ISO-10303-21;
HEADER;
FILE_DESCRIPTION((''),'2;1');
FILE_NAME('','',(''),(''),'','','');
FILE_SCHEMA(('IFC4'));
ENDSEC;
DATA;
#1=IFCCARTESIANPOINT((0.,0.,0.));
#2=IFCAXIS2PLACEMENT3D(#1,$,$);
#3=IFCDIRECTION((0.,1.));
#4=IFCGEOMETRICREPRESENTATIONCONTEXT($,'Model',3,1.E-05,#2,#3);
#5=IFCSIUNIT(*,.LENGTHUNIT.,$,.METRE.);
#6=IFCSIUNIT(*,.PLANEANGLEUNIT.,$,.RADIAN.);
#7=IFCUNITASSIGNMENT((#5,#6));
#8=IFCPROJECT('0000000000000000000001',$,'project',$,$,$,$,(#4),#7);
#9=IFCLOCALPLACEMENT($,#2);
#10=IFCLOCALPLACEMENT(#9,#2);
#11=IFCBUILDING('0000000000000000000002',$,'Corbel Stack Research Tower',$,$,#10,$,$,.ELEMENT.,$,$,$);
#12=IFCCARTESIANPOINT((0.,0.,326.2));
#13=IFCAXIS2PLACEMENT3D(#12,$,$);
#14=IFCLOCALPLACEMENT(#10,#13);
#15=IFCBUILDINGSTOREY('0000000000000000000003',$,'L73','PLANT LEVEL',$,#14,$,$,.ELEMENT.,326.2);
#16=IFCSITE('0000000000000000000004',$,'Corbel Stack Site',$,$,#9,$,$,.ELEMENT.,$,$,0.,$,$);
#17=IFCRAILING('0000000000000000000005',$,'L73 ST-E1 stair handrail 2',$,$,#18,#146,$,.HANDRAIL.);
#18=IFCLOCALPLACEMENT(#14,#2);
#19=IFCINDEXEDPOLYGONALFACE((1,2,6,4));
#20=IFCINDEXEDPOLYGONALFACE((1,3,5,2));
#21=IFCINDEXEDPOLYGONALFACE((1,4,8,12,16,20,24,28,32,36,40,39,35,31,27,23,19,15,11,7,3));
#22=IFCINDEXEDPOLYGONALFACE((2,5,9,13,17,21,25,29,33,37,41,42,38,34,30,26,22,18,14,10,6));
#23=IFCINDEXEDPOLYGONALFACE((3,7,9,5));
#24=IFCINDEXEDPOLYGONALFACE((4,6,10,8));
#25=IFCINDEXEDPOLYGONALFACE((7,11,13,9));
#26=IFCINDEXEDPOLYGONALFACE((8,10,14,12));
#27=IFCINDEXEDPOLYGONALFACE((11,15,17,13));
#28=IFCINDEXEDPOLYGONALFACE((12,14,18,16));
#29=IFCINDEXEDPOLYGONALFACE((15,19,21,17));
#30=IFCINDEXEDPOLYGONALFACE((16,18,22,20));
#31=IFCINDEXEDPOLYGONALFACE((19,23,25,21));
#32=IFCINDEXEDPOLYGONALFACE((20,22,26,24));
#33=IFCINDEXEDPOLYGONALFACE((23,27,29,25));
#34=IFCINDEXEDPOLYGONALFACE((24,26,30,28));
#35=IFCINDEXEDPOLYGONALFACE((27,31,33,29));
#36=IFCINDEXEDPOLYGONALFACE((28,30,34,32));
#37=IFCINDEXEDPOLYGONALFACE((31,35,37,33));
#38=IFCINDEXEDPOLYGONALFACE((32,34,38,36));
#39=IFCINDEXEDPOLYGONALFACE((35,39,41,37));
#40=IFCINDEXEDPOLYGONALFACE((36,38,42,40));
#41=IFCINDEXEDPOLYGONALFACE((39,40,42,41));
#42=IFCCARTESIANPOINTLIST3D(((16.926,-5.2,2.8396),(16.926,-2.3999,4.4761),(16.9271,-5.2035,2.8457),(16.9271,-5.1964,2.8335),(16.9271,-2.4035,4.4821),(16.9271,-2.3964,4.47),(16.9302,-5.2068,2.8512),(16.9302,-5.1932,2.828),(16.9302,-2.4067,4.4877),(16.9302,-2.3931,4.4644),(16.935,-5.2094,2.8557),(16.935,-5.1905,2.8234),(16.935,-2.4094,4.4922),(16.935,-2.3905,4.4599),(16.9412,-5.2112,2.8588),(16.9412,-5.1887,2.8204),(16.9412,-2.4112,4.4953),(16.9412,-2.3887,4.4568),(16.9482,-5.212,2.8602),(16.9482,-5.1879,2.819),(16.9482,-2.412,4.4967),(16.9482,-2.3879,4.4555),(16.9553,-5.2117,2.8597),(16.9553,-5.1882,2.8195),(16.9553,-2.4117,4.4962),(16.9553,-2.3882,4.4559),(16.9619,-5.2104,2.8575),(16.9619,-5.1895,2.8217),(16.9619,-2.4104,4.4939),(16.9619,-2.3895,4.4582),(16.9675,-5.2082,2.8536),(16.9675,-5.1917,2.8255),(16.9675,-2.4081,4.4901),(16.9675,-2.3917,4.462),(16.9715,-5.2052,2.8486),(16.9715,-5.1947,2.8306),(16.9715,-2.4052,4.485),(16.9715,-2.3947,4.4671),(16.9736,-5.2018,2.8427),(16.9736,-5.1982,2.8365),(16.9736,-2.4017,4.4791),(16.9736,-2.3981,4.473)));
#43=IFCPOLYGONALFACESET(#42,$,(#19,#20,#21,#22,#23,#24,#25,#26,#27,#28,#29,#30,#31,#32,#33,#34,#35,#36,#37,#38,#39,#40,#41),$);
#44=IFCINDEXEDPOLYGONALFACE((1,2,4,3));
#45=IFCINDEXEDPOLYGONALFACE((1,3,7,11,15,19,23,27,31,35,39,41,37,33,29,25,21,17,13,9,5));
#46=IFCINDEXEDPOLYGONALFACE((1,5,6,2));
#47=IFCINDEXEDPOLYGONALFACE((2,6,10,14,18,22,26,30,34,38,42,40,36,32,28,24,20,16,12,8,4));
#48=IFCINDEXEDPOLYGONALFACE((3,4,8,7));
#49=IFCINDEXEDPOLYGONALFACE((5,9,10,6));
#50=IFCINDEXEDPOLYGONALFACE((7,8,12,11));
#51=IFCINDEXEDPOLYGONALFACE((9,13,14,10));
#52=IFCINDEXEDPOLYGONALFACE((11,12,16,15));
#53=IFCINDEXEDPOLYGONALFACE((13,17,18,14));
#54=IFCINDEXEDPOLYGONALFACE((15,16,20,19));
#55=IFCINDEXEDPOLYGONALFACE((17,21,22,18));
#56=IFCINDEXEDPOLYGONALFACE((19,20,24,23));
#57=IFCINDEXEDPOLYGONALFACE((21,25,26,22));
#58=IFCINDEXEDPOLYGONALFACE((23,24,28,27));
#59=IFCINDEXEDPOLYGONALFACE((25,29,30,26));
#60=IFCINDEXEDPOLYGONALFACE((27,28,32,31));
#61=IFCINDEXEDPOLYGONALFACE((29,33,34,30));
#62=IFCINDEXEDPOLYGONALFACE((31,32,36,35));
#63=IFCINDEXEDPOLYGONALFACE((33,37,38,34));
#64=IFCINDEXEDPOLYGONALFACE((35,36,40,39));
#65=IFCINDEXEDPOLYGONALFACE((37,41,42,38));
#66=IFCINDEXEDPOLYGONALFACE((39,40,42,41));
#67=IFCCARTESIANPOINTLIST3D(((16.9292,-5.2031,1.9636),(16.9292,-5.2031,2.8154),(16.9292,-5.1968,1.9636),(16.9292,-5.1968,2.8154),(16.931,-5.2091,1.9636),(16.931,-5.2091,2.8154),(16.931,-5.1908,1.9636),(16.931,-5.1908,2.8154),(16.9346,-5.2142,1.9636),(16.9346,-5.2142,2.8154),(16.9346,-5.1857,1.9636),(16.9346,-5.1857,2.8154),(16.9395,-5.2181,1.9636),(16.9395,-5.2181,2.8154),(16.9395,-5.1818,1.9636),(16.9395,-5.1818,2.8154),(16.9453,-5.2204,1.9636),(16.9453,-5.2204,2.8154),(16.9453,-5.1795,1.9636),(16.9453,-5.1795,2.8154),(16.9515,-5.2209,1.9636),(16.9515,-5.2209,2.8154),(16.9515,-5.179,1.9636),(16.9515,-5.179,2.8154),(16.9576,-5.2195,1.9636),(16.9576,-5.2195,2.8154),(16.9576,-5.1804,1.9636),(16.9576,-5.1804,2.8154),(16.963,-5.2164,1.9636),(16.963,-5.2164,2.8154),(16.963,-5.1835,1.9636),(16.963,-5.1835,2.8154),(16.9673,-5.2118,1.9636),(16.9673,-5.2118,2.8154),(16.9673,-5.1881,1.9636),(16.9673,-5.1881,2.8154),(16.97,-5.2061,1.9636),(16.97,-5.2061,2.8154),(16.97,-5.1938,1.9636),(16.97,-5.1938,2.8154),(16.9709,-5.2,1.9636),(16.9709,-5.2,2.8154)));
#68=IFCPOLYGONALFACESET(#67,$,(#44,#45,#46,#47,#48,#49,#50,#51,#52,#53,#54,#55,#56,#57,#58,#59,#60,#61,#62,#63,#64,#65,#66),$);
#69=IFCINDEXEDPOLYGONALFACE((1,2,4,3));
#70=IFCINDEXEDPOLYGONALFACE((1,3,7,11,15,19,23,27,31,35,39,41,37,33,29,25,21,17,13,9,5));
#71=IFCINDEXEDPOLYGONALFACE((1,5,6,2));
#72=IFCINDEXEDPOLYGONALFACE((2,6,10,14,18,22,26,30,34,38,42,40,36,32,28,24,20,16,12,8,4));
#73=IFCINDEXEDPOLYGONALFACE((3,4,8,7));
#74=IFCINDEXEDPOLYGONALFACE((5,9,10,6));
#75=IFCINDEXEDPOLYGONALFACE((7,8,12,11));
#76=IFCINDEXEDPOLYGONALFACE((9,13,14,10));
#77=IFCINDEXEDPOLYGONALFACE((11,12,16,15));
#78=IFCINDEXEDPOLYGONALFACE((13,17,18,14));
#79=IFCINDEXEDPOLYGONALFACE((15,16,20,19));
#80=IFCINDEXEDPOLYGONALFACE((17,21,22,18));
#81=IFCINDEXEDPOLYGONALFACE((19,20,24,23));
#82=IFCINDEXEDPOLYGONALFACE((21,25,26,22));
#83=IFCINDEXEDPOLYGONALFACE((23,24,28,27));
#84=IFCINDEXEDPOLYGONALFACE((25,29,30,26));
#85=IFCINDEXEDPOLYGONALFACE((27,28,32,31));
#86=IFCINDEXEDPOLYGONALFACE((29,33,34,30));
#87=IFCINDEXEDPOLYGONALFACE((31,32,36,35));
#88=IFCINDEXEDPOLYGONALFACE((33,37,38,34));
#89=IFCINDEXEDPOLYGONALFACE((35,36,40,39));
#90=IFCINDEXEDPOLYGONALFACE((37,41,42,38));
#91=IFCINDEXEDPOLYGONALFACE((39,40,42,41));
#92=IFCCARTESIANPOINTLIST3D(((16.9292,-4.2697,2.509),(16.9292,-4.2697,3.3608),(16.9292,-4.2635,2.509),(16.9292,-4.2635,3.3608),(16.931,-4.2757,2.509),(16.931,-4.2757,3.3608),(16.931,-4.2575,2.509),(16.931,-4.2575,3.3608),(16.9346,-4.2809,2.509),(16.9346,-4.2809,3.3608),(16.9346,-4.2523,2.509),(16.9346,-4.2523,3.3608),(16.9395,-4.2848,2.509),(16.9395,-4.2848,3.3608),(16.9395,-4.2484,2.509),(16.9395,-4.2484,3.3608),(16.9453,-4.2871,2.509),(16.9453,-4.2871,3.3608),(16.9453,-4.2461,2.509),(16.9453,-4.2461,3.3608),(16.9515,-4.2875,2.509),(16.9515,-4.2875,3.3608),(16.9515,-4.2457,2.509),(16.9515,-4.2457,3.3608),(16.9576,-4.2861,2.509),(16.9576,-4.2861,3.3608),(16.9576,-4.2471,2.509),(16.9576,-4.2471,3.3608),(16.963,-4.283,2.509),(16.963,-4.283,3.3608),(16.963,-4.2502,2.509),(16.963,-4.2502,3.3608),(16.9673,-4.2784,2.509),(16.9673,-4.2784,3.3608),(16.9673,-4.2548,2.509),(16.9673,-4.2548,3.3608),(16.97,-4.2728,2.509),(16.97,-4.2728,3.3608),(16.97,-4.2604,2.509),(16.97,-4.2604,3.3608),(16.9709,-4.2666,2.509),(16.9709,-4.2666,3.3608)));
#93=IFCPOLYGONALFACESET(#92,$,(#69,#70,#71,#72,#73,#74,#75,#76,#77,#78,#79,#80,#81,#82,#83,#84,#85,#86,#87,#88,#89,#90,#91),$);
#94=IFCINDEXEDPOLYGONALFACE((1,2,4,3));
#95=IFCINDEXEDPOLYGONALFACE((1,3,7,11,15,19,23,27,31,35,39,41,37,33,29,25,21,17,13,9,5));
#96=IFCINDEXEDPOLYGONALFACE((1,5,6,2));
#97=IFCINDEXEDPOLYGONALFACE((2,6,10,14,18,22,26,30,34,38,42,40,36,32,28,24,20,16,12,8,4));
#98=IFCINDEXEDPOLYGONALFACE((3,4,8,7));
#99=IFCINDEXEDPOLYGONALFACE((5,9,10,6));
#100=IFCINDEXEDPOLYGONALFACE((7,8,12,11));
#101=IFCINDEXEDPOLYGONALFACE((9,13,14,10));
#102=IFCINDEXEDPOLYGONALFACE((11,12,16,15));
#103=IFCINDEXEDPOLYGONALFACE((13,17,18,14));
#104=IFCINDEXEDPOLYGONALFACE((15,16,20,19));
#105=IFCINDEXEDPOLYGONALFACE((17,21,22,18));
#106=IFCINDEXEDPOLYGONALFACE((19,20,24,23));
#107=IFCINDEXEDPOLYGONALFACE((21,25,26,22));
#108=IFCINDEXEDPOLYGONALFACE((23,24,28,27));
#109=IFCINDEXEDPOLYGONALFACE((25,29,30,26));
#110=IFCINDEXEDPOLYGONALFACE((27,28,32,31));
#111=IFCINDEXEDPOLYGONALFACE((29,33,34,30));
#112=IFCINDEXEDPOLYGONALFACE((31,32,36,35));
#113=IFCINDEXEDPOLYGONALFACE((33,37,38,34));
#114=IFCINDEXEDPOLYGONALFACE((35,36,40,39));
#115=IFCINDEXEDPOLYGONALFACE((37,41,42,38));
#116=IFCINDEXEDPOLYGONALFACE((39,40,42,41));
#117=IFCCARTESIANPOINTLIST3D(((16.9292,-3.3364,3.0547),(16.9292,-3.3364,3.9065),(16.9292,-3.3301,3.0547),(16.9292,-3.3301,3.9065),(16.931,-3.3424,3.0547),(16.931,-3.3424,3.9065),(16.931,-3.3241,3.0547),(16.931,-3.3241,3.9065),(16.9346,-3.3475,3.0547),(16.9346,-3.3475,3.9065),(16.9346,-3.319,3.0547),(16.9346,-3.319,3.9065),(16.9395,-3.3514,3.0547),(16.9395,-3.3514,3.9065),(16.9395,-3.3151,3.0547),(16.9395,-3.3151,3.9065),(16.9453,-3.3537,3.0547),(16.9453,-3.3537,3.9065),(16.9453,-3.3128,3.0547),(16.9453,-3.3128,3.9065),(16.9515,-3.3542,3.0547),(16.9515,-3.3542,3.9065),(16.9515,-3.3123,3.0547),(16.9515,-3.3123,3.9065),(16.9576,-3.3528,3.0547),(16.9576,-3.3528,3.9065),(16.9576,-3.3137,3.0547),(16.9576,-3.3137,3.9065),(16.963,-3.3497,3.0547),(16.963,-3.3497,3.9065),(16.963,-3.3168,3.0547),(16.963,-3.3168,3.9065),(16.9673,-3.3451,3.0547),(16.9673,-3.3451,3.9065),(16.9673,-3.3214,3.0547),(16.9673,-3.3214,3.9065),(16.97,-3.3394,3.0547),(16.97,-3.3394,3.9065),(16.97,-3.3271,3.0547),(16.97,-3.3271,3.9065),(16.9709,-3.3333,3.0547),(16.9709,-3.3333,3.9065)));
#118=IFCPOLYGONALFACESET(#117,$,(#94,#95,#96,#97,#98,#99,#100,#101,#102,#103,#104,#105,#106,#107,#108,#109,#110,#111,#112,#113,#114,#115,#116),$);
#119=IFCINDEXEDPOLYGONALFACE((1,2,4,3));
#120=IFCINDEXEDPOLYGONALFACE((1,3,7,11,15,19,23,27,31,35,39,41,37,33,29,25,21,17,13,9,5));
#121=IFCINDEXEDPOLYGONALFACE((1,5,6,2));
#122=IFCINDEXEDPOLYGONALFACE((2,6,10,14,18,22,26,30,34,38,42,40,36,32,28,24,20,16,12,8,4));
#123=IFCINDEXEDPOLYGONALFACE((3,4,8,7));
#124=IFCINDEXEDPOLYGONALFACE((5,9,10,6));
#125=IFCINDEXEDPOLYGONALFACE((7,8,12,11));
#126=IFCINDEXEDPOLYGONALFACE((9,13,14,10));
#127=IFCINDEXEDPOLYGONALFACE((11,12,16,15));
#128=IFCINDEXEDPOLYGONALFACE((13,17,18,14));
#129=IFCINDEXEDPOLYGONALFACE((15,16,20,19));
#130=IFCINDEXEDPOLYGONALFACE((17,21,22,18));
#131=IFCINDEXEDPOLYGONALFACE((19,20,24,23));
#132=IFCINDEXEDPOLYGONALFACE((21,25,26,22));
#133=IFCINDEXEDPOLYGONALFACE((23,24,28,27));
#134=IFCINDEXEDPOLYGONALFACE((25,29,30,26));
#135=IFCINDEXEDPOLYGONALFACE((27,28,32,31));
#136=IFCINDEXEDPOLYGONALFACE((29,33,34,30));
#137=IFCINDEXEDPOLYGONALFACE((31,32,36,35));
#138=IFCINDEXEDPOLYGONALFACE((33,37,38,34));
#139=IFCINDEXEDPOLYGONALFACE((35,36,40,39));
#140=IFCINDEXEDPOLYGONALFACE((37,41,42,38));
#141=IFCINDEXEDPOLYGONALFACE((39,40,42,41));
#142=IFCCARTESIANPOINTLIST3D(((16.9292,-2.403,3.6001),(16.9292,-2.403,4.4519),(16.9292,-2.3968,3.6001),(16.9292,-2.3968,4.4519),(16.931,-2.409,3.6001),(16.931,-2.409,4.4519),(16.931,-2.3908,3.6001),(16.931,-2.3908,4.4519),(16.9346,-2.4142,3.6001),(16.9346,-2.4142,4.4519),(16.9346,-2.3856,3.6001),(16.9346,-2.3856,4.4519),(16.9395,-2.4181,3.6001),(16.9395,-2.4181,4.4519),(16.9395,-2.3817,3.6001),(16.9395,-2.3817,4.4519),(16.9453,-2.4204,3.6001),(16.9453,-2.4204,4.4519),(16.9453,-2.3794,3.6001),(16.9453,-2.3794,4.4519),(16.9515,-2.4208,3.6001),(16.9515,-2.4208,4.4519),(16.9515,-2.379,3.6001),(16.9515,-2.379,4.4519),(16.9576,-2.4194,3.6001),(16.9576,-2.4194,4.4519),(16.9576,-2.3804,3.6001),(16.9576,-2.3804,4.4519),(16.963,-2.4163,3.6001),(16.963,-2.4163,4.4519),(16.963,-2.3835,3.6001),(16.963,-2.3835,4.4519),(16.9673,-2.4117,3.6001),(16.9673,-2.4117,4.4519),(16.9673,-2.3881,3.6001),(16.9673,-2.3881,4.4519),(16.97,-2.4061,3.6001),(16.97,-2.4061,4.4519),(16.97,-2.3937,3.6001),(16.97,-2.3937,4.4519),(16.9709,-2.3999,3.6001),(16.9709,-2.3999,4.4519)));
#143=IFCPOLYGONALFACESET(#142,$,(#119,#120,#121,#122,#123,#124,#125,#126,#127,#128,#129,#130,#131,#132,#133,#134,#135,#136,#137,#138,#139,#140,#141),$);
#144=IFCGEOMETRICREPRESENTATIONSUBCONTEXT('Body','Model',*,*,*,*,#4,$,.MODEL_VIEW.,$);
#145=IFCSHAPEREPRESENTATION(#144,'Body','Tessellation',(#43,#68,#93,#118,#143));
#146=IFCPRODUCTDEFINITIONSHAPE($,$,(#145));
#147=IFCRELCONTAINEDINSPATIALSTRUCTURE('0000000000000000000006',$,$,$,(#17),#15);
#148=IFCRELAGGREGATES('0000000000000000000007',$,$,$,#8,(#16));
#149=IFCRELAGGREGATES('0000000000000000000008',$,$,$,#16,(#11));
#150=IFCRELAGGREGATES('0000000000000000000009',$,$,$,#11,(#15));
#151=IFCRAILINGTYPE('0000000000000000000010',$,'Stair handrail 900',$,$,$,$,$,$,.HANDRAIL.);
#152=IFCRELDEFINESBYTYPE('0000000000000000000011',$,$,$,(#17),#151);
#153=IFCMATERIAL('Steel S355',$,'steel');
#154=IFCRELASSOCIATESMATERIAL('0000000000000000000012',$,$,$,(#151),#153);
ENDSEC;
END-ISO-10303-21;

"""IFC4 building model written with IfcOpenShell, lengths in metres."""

from ifc_helpers import new_model, si_unit, direction, frame, origin, origin_2d, place, context, subcontext, project, spatial, circle, extrude, material, type_object, element, save


model = new_model("IFC4")

# Units and contexts
model_context = context("Model", 3, precision=1e-05, world=origin(), true_north=direction((0.0, 1.0)))
body_context = subcontext(model_context, "Body", "Model", "MODEL_VIEW")
ifc_project = project(units=[si_unit("LENGTHUNIT", "METRE"), si_unit("PLANEANGLEUNIT", "RADIAN")], contexts=[model_context])

# Site, building, storey
site_placement = place(None, origin())
site = spatial("IfcSite", under=ifc_project, at=site_placement, Name="Corbel Stack Site", CompositionType="ELEMENT", RefElevation=0.0)
building_placement = place(site_placement, origin())
building = spatial("IfcBuilding", under=site, at=building_placement, Name="Corbel Stack Research Tower", CompositionType="ELEMENT")
storey_placement = place(building_placement, frame((0.0, 0.0, 326.2)))
storey = spatial("IfcBuildingStorey", under=building, at=storey_placement, Name="L73", Description="PLANT LEVEL", CompositionType="ELEMENT", Elevation=326.2)

# Railing
ifc_material_1 = material(Name="Steel S355", Category="steel")
railing_type_1 = type_object("IfcRailingType", Name="Stair handrail 900", PredefinedType="HANDRAIL", material=ifc_material_1)
railing_1_placement = place(storey_placement, frame((16.95, -5.2, 1.9636)))
element("IfcRailing", 1, at=railing_1_placement, inside=storey, type_object=railing_type_1, Name="L73 ST-E1 stair handrail 2", PredefinedType="HANDRAIL", context=body_context, shape_type="SweptSolid", body=[
    extrude(circle(Radius=0.0239, at=origin_2d()), frame((0.0, 0.0, 0.876), z_axis=(0.0, 0.863361, 0.504587), x_axis=(-1.0, 0.0, 0.0)), (0.0, 0.0, 1.0), 3.2432),
    extrude(circle(Radius=0.021, at=origin_2d()), origin(), (0.0, 0.0, 1.0), 0.8518),
    extrude(circle(Radius=0.021, at=origin_2d()), frame((0.0, 0.9333, 0.5454)), (0.0, 0.0, 1.0), 0.8518),
    extrude(circle(Radius=0.021, at=origin_2d()), frame((0.0, 1.8667, 1.0911)), (0.0, 0.0, 1.0), 0.8518),
    extrude(circle(Radius=0.021, at=origin_2d()), frame((0.0, 2.8, 1.6365)), (0.0, 0.0, 1.0), 0.8518),
])

save(model, "model.ifc")
